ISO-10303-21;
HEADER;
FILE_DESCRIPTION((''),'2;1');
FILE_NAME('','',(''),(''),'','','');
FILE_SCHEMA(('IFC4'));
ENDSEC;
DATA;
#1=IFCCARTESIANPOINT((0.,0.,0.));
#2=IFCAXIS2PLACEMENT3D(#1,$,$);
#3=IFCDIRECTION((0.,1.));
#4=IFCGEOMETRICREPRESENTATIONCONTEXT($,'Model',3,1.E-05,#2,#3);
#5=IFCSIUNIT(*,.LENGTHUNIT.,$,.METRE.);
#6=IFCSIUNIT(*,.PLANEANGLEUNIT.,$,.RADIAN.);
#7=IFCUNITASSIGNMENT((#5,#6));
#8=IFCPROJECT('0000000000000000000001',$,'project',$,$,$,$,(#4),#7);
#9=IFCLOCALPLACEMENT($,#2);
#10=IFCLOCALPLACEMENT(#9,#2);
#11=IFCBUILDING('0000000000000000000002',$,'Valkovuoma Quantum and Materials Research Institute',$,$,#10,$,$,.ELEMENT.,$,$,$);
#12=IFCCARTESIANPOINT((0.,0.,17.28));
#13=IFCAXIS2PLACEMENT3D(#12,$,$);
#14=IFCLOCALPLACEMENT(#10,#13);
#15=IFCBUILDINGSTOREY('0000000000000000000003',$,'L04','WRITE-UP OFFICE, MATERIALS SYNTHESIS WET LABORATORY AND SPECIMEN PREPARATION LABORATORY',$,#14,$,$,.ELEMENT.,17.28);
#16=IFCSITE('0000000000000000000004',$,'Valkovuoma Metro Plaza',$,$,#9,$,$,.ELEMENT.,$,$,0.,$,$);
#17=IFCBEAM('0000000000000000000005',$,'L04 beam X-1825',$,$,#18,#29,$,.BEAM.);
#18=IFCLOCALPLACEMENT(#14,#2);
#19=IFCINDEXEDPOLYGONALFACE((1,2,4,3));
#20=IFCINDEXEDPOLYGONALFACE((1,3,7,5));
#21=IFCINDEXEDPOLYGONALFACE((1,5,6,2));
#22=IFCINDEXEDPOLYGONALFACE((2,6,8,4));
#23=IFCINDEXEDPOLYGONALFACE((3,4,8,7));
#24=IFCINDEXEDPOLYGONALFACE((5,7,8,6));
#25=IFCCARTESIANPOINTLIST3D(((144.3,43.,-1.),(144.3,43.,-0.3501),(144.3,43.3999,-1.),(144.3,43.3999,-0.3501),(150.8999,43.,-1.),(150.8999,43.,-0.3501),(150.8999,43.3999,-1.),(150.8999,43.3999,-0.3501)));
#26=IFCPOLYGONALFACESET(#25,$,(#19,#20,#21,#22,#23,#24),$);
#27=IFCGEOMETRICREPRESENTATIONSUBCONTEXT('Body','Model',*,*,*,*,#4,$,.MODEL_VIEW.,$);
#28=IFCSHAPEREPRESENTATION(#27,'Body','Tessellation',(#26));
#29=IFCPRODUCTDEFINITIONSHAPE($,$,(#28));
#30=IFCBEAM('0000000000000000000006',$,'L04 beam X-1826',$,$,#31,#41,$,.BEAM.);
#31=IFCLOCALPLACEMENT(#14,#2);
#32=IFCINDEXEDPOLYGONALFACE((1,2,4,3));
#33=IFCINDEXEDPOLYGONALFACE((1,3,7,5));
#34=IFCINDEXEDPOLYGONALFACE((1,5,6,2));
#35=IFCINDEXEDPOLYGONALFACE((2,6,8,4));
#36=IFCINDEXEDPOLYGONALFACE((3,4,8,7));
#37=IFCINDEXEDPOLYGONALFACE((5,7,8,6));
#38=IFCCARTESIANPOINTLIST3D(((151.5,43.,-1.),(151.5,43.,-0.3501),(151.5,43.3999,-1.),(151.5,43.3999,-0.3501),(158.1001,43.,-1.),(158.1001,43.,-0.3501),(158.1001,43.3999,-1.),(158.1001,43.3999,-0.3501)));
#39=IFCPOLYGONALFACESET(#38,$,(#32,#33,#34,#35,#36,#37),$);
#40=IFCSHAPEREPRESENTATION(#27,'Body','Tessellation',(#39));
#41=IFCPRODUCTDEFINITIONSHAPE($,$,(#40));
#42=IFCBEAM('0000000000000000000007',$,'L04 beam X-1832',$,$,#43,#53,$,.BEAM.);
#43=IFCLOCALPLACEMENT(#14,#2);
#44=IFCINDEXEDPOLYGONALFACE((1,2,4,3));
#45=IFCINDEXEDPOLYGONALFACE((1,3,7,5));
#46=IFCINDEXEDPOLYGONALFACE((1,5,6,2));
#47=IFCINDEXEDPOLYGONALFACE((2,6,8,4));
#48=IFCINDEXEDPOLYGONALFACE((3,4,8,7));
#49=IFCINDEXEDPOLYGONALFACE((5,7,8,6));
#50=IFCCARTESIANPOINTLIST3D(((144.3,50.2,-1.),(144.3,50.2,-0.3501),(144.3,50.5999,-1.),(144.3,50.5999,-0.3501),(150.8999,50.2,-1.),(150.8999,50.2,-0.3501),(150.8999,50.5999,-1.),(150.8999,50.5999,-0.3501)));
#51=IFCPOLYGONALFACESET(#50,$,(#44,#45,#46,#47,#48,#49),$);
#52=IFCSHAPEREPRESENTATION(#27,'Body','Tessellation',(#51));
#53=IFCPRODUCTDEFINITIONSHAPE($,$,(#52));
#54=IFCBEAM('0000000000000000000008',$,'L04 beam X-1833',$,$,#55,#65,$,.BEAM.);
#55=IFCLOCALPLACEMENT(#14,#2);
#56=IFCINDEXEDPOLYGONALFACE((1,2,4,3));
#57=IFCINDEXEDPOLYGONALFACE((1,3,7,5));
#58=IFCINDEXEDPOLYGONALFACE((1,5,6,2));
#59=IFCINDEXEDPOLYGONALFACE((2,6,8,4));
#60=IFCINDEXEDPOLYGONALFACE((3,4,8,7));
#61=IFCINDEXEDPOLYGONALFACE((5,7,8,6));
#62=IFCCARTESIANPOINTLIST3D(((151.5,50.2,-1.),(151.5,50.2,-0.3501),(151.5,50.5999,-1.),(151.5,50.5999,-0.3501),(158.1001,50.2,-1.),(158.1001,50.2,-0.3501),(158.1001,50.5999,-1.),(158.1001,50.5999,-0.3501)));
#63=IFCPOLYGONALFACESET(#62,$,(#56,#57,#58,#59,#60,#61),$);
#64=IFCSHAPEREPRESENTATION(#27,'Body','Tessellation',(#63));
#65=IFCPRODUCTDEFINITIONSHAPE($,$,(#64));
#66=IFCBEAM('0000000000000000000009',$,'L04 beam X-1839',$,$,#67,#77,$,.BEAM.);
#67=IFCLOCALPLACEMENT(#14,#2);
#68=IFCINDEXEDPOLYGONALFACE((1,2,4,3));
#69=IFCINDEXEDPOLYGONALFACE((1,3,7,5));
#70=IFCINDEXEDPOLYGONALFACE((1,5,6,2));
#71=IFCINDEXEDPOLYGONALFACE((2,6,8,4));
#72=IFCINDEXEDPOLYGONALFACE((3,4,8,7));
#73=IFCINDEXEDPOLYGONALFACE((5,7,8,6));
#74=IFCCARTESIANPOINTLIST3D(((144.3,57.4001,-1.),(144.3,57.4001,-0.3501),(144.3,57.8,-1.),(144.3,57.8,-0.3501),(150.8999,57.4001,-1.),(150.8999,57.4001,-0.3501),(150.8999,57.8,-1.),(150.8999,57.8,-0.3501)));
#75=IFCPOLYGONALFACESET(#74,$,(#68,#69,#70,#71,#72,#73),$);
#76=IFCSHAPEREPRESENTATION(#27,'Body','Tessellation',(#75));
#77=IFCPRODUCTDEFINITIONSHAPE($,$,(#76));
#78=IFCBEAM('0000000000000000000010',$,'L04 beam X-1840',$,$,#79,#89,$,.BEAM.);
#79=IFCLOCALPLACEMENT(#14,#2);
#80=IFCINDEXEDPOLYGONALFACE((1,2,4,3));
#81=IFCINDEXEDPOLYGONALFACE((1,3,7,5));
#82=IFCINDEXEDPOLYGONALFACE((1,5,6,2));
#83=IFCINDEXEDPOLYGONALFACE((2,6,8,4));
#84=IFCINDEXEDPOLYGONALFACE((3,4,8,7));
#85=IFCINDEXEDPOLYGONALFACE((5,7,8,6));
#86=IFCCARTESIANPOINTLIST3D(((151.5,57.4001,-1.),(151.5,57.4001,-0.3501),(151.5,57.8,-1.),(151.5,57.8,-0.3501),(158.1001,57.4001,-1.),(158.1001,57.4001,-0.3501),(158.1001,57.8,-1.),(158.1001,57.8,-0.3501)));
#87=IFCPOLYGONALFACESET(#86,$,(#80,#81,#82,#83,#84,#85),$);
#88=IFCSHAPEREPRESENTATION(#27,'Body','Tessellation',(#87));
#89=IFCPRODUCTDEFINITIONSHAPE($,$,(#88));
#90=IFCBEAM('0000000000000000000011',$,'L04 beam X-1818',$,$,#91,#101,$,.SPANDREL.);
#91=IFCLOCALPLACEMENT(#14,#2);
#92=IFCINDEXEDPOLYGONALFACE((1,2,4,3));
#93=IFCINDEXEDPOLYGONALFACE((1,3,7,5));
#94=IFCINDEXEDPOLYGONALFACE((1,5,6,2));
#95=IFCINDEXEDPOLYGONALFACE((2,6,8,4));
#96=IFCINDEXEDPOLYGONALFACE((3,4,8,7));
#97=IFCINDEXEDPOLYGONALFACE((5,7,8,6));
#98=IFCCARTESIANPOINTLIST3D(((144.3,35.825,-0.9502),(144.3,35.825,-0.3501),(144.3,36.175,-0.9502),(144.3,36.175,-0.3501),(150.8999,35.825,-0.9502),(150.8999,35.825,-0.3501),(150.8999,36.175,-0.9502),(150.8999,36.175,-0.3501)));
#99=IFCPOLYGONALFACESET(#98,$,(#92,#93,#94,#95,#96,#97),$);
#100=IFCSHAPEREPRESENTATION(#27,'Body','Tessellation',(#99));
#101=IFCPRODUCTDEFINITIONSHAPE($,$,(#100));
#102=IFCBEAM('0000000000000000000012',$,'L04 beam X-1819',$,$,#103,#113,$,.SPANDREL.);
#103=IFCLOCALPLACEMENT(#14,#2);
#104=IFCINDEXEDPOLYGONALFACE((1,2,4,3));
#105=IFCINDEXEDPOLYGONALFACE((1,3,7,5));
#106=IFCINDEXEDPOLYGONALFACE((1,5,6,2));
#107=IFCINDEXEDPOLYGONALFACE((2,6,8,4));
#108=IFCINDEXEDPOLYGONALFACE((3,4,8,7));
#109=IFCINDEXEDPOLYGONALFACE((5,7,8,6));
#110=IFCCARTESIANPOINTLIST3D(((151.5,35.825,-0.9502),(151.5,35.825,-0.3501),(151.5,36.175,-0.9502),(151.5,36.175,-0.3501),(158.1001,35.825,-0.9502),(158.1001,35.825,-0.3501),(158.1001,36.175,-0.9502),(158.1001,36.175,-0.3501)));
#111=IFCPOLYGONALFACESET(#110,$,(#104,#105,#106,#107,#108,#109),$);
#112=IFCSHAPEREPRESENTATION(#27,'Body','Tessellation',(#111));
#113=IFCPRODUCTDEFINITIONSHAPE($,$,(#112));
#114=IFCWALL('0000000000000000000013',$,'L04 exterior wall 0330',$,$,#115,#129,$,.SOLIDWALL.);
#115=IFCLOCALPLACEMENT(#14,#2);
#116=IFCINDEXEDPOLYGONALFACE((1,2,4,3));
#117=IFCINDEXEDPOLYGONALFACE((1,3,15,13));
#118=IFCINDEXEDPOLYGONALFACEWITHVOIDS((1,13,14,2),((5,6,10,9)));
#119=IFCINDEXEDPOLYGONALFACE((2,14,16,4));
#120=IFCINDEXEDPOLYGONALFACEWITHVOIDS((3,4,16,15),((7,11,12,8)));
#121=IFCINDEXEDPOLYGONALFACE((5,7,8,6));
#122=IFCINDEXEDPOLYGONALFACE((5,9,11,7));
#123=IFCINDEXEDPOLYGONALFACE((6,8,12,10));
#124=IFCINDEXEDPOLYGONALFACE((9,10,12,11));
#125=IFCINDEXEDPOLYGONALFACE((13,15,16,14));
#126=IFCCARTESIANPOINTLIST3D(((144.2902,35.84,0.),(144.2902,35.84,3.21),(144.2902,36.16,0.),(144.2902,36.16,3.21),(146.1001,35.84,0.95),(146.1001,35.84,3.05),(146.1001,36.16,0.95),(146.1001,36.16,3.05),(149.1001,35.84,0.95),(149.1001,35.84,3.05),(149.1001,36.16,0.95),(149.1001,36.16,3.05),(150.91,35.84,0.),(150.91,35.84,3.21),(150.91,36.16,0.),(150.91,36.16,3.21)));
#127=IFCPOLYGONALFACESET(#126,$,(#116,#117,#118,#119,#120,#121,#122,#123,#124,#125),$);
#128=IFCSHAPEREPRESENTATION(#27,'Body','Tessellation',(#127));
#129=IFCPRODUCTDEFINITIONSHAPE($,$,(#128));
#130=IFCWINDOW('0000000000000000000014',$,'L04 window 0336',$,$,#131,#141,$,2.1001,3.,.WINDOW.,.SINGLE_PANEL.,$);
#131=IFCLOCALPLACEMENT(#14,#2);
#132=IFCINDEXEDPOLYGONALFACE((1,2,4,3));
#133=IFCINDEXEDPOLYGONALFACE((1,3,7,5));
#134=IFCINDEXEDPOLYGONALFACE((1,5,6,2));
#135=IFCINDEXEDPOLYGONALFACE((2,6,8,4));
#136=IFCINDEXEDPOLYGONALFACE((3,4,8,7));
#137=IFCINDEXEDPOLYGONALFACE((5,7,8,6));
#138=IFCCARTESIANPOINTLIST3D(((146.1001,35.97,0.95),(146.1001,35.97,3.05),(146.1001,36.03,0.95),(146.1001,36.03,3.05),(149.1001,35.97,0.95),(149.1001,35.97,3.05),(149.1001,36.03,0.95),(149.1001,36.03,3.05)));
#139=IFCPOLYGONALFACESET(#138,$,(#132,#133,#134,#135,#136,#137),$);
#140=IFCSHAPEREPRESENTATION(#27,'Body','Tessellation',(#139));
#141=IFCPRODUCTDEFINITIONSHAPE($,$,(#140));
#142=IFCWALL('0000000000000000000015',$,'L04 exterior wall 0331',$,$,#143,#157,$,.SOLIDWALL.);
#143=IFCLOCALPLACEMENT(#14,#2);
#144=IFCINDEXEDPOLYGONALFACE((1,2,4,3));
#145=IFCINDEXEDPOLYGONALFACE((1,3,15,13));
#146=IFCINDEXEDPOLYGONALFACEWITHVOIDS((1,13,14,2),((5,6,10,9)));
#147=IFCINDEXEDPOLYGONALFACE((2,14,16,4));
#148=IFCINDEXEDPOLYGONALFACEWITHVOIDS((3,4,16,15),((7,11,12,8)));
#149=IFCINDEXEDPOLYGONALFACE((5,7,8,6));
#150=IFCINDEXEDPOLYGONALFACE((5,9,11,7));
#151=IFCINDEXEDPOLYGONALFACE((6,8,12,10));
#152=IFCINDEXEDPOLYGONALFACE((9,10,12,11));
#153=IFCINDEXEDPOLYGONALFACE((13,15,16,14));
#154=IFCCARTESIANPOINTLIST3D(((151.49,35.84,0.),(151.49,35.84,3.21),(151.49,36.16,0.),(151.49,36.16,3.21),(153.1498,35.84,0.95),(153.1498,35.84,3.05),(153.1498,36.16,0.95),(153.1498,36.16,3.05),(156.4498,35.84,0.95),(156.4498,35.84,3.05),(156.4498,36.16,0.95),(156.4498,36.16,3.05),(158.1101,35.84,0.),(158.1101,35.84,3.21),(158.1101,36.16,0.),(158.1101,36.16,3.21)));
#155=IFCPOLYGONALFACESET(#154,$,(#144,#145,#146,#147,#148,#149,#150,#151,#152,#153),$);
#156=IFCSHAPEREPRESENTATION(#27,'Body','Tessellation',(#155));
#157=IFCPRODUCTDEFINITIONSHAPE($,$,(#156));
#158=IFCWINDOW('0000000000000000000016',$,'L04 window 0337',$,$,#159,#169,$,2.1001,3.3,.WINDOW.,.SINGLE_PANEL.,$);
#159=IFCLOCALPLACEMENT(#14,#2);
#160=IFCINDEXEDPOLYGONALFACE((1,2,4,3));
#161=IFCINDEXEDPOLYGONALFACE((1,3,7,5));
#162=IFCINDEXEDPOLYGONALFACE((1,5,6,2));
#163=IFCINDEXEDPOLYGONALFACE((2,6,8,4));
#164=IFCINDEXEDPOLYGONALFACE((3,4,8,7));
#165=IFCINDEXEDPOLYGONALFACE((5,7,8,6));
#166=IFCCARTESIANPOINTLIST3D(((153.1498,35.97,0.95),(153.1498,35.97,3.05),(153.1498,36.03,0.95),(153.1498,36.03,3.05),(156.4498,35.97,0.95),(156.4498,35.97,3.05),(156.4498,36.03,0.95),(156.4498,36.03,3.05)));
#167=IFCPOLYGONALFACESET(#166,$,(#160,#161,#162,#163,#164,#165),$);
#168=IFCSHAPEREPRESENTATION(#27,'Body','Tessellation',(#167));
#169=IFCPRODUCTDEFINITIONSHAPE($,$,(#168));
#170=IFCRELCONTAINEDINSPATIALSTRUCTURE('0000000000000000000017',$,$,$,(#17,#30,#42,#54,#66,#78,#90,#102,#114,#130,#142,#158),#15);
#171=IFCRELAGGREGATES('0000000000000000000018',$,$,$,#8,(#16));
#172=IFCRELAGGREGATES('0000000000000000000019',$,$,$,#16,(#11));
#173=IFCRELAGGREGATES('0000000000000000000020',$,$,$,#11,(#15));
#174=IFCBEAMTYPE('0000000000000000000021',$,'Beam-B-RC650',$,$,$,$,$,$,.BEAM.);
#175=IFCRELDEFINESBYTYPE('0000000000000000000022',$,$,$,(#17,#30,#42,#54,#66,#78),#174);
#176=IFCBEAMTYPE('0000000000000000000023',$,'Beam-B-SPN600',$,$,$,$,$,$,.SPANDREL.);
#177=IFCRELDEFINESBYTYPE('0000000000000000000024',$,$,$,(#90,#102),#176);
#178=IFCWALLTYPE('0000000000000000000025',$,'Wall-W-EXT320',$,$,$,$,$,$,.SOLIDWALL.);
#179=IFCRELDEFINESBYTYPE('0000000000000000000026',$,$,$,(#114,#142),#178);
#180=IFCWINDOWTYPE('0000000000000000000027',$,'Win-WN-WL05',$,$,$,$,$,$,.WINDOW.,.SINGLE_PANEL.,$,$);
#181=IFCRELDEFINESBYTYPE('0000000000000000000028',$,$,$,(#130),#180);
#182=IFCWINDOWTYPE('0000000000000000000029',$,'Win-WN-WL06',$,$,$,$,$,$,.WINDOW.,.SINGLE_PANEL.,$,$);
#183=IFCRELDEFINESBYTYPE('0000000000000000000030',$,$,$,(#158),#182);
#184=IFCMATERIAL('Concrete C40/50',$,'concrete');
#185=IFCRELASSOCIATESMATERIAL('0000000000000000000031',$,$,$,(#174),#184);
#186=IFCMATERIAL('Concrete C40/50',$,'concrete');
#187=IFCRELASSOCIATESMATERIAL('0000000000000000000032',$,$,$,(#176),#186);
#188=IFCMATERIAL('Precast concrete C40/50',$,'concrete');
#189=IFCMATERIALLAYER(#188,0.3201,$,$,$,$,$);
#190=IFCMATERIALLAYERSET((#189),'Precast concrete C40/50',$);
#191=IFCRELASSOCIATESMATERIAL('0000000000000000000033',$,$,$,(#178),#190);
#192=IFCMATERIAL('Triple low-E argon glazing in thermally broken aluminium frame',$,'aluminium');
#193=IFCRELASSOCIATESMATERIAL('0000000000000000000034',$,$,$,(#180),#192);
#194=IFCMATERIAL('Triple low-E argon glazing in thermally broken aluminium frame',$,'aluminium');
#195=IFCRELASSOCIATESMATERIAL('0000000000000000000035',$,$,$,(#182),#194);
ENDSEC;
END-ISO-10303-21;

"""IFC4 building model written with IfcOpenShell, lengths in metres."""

from ifc_helpers import new_model, si_unit, direction, frame, frame_2d, origin, origin_2d, place, context, subcontext, project, spatial, rectangle, extrude, material, layer, layer_set, material_profile, profile_set, type_object, element, fill, save


model = new_model("IFC4")

# Units and contexts
model_context = context("Model", 3, precision=1e-05, world=origin(), true_north=direction((0.0, 1.0)))
body_context = subcontext(model_context, "Body", "Model", "MODEL_VIEW")
ifc_project = project(units=[si_unit("LENGTHUNIT", "METRE"), si_unit("PLANEANGLEUNIT", "RADIAN")], contexts=[model_context])

# Site, building, storey
site_placement = place(None, origin())
site = spatial("IfcSite", under=ifc_project, at=site_placement, Name="Valkovuoma Metro Plaza", CompositionType="ELEMENT", RefElevation=0.0)
building_placement = place(site_placement, origin())
building = spatial("IfcBuilding", under=site, at=building_placement, Name="Valkovuoma Quantum and Materials Research Institute", CompositionType="ELEMENT")
storey_placement = place(building_placement, frame((0.0, 0.0, 17.28)))
storey = spatial("IfcBuildingStorey", under=building, at=storey_placement, Name="L04", Description="WRITE-UP OFFICE, MATERIALS SYNTHESIS WET LABORATORY AND SPECIMEN PREPARATION LABORATORY", CompositionType="ELEMENT", Elevation=17.28)

# Beams
ifc_material_1 = material(Name="Concrete C40/50", Category="concrete")
ifc_material_profile_1 = material_profile(ifc_material_1, rectangle(XDim=0.3999, YDim=0.6499, at=origin_2d()), Name="Concrete C40/50")
ifc_profile_set_1 = profile_set([ifc_material_profile_1], Name="Concrete C40/50")
beam_type_1 = type_object("IfcBeamType", Name="Beam-B-RC650", PredefinedType="BEAM", material=ifc_profile_set_1)
beam_1_placement = place(storey_placement, frame((144.3, 43.2, -0.675), z_axis=(1.0, 0.0, 0.0), x_axis=(0.0, 1.0, 0.0)))
element("IfcBeam", 1, at=beam_1_placement, inside=storey, type_object=beam_type_1, Name="L04 beam X-1825", PredefinedType="BEAM", context=body_context, shape_type="SweptSolid", body=[
    extrude(rectangle(XDim=0.3999, YDim=0.6499, at=origin_2d()), origin(), (0.0, 0.0, 1.0), 6.5999),
])
beam_2_placement = place(storey_placement, frame((151.5, 43.2, -0.675), z_axis=(1.0, 0.0, 0.0), x_axis=(0.0, 1.0, 0.0)))
element("IfcBeam", 2, at=beam_2_placement, inside=storey, type_object=beam_type_1, Name="L04 beam X-1826", PredefinedType="BEAM", context=body_context, shape_type="SweptSolid", body=[
    extrude(rectangle(XDim=0.3999, YDim=0.6499, at=origin_2d()), origin(), (0.0, 0.0, 1.0), 6.6001),
])
beam_3_placement = place(storey_placement, frame((144.3, 50.3999, -0.675), z_axis=(1.0, 0.0, 0.0), x_axis=(0.0, 1.0, 0.0)))
element("IfcBeam", 3, at=beam_3_placement, inside=storey, type_object=beam_type_1, Name="L04 beam X-1832", PredefinedType="BEAM", context=body_context, shape_type="SweptSolid", body=[
    extrude(rectangle(XDim=0.3999, YDim=0.6499, at=origin_2d()), origin(), (0.0, 0.0, 1.0), 6.5999),
])
beam_4_placement = place(storey_placement, frame((151.5, 50.3999, -0.675), z_axis=(1.0, 0.0, 0.0), x_axis=(0.0, 1.0, 0.0)))
element("IfcBeam", 4, at=beam_4_placement, inside=storey, type_object=beam_type_1, Name="L04 beam X-1833", PredefinedType="BEAM", context=body_context, shape_type="SweptSolid", body=[
    extrude(rectangle(XDim=0.3999, YDim=0.6499, at=origin_2d()), origin(), (0.0, 0.0, 1.0), 6.6001),
])
beam_5_placement = place(storey_placement, frame((144.3, 57.6001, -0.675), z_axis=(1.0, 0.0, 0.0), x_axis=(0.0, 1.0, 0.0)))
element("IfcBeam", 5, at=beam_5_placement, inside=storey, type_object=beam_type_1, Name="L04 beam X-1839", PredefinedType="BEAM", context=body_context, shape_type="SweptSolid", body=[
    extrude(rectangle(XDim=0.3999, YDim=0.6499, at=origin_2d()), origin(), (0.0, 0.0, 1.0), 6.5999),
])
beam_6_placement = place(storey_placement, frame((151.5, 57.6001, -0.675), z_axis=(1.0, 0.0, 0.0), x_axis=(0.0, 1.0, 0.0)))
element("IfcBeam", 6, at=beam_6_placement, inside=storey, type_object=beam_type_1, Name="L04 beam X-1840", PredefinedType="BEAM", context=body_context, shape_type="SweptSolid", body=[
    extrude(rectangle(XDim=0.3999, YDim=0.6499, at=origin_2d()), origin(), (0.0, 0.0, 1.0), 6.6001),
])
ifc_material_2 = material(Name="Concrete C40/50", Category="concrete")
ifc_material_profile_2 = material_profile(ifc_material_2, rectangle(XDim=0.3501, YDim=0.6001, at=origin_2d()), Name="Concrete C40/50")
ifc_profile_set_2 = profile_set([ifc_material_profile_2], Name="Concrete C40/50")
beam_type_2 = type_object("IfcBeamType", Name="Beam-B-SPN600", PredefinedType="SPANDREL", material=ifc_profile_set_2)
beam_7_placement = place(storey_placement, frame((144.3, 36.0, -0.6501), z_axis=(1.0, 0.0, 0.0), x_axis=(0.0, 1.0, 0.0)))
element("IfcBeam", 7, at=beam_7_placement, inside=storey, type_object=beam_type_2, Name="L04 beam X-1818", PredefinedType="SPANDREL", context=body_context, shape_type="SweptSolid", body=[
    extrude(rectangle(XDim=0.3501, YDim=0.6001, at=origin_2d()), origin(), (0.0, 0.0, 1.0), 6.5999),
])
beam_8_placement = place(storey_placement, frame((151.5, 36.0, -0.6501), z_axis=(1.0, 0.0, 0.0), x_axis=(0.0, 1.0, 0.0)))
element("IfcBeam", 8, at=beam_8_placement, inside=storey, type_object=beam_type_2, Name="L04 beam X-1819", PredefinedType="SPANDREL", context=body_context, shape_type="SweptSolid", body=[
    extrude(rectangle(XDim=0.3501, YDim=0.6001, at=origin_2d()), origin(), (0.0, 0.0, 1.0), 6.6001),
])

# Walls, openings, windows
ifc_material_3 = material(Name="Precast concrete C40/50", Category="concrete")
ifc_layer_1 = layer(ifc_material_3, 0.3201)
ifc_layer_set_1 = layer_set([ifc_layer_1], Name="Precast concrete C40/50")
wall_type_1 = type_object("IfcWallType", Name="Wall-W-EXT320", PredefinedType="SOLIDWALL", material=ifc_layer_set_1)
wall_1_placement = place(storey_placement, frame((144.29, 36.0, 0.0), z_axis=(0.0, 0.0, 1.0), x_axis=(1.0, 0.0, 0.0)))
wall_1 = element("IfcWall", 9, at=wall_1_placement, inside=storey, type_object=wall_type_1, Name="L04 exterior wall 0330", PredefinedType="SOLIDWALL", context=body_context, shape_type="SweptSolid", body=[
    extrude(rectangle(XDim=6.6199, YDim=0.3201, at=frame_2d((3.3101, 0.0))), origin(), (0.0, 0.0, 1.0), 3.21),
])
opening_1_placement = place(wall_1_placement, frame((1.8101, 0.0, 0.95)))
opening_1 = element("IfcOpeningElement", 10, at=opening_1_placement, cuts=wall_1, PredefinedType="OPENING", context=body_context, shape_type="SweptSolid", body=[
    extrude(rectangle(XDim=3.0, YDim=2.1001, at=frame_2d((1.5, 1.05))), frame((0.0, 0.1699, 0.0), z_axis=(0.0, -1.0, 0.0), x_axis=(1.0, 0.0, 0.0)), (0.0, 0.0, 1.0), 0.3401),
])
ifc_material_4 = material(Name="Triple low-E argon glazing in thermally broken aluminium frame", Category="aluminium")
window_type_1 = type_object("IfcWindowType", Name="Win-WN-WL05", PartitioningType="SINGLE_PANEL", PredefinedType="WINDOW", material=ifc_material_4)
window_1_placement = place(opening_1_placement, origin())
window_1 = element("IfcWindow", 11, at=window_1_placement, inside=storey, type_object=window_type_1, Name="L04 window 0336", OverallHeight=2.1001, OverallWidth=3.0, PartitioningType="SINGLE_PANEL", PredefinedType="WINDOW", context=body_context, shape_type="SweptSolid", body=[
    extrude(rectangle(XDim=3.0, YDim=2.1001, at=frame_2d((1.5, 1.05))), frame((0.0, 0.03, 0.0), z_axis=(0.0, -1.0, 0.0), x_axis=(1.0, 0.0, 0.0)), (0.0, 0.0, 1.0), 0.0601),
])
fill(opening_1, window_1)
wall_2_placement = place(storey_placement, frame((151.49, 36.0, 0.0), z_axis=(0.0, 0.0, 1.0), x_axis=(1.0, 0.0, 0.0)))
wall_2 = element("IfcWall", 12, at=wall_2_placement, inside=storey, type_object=wall_type_1, Name="L04 exterior wall 0331", PredefinedType="SOLIDWALL", context=body_context, shape_type="SweptSolid", body=[
    extrude(rectangle(XDim=6.6201, YDim=0.3201, at=frame_2d((3.3101, 0.0))), origin(), (0.0, 0.0, 1.0), 3.21),
])
opening_2_placement = place(wall_2_placement, frame((1.6599, 0.0, 0.95)))
opening_2 = element("IfcOpeningElement", 13, at=opening_2_placement, cuts=wall_2, PredefinedType="OPENING", context=body_context, shape_type="SweptSolid", body=[
    extrude(rectangle(XDim=3.3, YDim=2.1001, at=frame_2d((1.6499, 1.05))), frame((0.0, 0.1699, 0.0), z_axis=(0.0, -1.0, 0.0), x_axis=(1.0, 0.0, 0.0)), (0.0, 0.0, 1.0), 0.3401),
])
ifc_material_5 = material(Name="Triple low-E argon glazing in thermally broken aluminium frame", Category="aluminium")
window_type_2 = type_object("IfcWindowType", Name="Win-WN-WL06", PartitioningType="SINGLE_PANEL", PredefinedType="WINDOW", material=ifc_material_5)
window_2_placement = place(opening_2_placement, origin())
window_2 = element("IfcWindow", 14, at=window_2_placement, inside=storey, type_object=window_type_2, Name="L04 window 0337", OverallHeight=2.1001, OverallWidth=3.3, PartitioningType="SINGLE_PANEL", PredefinedType="WINDOW", context=body_context, shape_type="SweptSolid", body=[
    extrude(rectangle(XDim=3.3, YDim=2.1001, at=frame_2d((1.6499, 1.05))), frame((0.0, 0.03, 0.0), z_axis=(0.0, -1.0, 0.0), x_axis=(1.0, 0.0, 0.0)), (0.0, 0.0, 1.0), 0.0601),
])
fill(opening_2, window_2)

save(model, "model.ifc")
